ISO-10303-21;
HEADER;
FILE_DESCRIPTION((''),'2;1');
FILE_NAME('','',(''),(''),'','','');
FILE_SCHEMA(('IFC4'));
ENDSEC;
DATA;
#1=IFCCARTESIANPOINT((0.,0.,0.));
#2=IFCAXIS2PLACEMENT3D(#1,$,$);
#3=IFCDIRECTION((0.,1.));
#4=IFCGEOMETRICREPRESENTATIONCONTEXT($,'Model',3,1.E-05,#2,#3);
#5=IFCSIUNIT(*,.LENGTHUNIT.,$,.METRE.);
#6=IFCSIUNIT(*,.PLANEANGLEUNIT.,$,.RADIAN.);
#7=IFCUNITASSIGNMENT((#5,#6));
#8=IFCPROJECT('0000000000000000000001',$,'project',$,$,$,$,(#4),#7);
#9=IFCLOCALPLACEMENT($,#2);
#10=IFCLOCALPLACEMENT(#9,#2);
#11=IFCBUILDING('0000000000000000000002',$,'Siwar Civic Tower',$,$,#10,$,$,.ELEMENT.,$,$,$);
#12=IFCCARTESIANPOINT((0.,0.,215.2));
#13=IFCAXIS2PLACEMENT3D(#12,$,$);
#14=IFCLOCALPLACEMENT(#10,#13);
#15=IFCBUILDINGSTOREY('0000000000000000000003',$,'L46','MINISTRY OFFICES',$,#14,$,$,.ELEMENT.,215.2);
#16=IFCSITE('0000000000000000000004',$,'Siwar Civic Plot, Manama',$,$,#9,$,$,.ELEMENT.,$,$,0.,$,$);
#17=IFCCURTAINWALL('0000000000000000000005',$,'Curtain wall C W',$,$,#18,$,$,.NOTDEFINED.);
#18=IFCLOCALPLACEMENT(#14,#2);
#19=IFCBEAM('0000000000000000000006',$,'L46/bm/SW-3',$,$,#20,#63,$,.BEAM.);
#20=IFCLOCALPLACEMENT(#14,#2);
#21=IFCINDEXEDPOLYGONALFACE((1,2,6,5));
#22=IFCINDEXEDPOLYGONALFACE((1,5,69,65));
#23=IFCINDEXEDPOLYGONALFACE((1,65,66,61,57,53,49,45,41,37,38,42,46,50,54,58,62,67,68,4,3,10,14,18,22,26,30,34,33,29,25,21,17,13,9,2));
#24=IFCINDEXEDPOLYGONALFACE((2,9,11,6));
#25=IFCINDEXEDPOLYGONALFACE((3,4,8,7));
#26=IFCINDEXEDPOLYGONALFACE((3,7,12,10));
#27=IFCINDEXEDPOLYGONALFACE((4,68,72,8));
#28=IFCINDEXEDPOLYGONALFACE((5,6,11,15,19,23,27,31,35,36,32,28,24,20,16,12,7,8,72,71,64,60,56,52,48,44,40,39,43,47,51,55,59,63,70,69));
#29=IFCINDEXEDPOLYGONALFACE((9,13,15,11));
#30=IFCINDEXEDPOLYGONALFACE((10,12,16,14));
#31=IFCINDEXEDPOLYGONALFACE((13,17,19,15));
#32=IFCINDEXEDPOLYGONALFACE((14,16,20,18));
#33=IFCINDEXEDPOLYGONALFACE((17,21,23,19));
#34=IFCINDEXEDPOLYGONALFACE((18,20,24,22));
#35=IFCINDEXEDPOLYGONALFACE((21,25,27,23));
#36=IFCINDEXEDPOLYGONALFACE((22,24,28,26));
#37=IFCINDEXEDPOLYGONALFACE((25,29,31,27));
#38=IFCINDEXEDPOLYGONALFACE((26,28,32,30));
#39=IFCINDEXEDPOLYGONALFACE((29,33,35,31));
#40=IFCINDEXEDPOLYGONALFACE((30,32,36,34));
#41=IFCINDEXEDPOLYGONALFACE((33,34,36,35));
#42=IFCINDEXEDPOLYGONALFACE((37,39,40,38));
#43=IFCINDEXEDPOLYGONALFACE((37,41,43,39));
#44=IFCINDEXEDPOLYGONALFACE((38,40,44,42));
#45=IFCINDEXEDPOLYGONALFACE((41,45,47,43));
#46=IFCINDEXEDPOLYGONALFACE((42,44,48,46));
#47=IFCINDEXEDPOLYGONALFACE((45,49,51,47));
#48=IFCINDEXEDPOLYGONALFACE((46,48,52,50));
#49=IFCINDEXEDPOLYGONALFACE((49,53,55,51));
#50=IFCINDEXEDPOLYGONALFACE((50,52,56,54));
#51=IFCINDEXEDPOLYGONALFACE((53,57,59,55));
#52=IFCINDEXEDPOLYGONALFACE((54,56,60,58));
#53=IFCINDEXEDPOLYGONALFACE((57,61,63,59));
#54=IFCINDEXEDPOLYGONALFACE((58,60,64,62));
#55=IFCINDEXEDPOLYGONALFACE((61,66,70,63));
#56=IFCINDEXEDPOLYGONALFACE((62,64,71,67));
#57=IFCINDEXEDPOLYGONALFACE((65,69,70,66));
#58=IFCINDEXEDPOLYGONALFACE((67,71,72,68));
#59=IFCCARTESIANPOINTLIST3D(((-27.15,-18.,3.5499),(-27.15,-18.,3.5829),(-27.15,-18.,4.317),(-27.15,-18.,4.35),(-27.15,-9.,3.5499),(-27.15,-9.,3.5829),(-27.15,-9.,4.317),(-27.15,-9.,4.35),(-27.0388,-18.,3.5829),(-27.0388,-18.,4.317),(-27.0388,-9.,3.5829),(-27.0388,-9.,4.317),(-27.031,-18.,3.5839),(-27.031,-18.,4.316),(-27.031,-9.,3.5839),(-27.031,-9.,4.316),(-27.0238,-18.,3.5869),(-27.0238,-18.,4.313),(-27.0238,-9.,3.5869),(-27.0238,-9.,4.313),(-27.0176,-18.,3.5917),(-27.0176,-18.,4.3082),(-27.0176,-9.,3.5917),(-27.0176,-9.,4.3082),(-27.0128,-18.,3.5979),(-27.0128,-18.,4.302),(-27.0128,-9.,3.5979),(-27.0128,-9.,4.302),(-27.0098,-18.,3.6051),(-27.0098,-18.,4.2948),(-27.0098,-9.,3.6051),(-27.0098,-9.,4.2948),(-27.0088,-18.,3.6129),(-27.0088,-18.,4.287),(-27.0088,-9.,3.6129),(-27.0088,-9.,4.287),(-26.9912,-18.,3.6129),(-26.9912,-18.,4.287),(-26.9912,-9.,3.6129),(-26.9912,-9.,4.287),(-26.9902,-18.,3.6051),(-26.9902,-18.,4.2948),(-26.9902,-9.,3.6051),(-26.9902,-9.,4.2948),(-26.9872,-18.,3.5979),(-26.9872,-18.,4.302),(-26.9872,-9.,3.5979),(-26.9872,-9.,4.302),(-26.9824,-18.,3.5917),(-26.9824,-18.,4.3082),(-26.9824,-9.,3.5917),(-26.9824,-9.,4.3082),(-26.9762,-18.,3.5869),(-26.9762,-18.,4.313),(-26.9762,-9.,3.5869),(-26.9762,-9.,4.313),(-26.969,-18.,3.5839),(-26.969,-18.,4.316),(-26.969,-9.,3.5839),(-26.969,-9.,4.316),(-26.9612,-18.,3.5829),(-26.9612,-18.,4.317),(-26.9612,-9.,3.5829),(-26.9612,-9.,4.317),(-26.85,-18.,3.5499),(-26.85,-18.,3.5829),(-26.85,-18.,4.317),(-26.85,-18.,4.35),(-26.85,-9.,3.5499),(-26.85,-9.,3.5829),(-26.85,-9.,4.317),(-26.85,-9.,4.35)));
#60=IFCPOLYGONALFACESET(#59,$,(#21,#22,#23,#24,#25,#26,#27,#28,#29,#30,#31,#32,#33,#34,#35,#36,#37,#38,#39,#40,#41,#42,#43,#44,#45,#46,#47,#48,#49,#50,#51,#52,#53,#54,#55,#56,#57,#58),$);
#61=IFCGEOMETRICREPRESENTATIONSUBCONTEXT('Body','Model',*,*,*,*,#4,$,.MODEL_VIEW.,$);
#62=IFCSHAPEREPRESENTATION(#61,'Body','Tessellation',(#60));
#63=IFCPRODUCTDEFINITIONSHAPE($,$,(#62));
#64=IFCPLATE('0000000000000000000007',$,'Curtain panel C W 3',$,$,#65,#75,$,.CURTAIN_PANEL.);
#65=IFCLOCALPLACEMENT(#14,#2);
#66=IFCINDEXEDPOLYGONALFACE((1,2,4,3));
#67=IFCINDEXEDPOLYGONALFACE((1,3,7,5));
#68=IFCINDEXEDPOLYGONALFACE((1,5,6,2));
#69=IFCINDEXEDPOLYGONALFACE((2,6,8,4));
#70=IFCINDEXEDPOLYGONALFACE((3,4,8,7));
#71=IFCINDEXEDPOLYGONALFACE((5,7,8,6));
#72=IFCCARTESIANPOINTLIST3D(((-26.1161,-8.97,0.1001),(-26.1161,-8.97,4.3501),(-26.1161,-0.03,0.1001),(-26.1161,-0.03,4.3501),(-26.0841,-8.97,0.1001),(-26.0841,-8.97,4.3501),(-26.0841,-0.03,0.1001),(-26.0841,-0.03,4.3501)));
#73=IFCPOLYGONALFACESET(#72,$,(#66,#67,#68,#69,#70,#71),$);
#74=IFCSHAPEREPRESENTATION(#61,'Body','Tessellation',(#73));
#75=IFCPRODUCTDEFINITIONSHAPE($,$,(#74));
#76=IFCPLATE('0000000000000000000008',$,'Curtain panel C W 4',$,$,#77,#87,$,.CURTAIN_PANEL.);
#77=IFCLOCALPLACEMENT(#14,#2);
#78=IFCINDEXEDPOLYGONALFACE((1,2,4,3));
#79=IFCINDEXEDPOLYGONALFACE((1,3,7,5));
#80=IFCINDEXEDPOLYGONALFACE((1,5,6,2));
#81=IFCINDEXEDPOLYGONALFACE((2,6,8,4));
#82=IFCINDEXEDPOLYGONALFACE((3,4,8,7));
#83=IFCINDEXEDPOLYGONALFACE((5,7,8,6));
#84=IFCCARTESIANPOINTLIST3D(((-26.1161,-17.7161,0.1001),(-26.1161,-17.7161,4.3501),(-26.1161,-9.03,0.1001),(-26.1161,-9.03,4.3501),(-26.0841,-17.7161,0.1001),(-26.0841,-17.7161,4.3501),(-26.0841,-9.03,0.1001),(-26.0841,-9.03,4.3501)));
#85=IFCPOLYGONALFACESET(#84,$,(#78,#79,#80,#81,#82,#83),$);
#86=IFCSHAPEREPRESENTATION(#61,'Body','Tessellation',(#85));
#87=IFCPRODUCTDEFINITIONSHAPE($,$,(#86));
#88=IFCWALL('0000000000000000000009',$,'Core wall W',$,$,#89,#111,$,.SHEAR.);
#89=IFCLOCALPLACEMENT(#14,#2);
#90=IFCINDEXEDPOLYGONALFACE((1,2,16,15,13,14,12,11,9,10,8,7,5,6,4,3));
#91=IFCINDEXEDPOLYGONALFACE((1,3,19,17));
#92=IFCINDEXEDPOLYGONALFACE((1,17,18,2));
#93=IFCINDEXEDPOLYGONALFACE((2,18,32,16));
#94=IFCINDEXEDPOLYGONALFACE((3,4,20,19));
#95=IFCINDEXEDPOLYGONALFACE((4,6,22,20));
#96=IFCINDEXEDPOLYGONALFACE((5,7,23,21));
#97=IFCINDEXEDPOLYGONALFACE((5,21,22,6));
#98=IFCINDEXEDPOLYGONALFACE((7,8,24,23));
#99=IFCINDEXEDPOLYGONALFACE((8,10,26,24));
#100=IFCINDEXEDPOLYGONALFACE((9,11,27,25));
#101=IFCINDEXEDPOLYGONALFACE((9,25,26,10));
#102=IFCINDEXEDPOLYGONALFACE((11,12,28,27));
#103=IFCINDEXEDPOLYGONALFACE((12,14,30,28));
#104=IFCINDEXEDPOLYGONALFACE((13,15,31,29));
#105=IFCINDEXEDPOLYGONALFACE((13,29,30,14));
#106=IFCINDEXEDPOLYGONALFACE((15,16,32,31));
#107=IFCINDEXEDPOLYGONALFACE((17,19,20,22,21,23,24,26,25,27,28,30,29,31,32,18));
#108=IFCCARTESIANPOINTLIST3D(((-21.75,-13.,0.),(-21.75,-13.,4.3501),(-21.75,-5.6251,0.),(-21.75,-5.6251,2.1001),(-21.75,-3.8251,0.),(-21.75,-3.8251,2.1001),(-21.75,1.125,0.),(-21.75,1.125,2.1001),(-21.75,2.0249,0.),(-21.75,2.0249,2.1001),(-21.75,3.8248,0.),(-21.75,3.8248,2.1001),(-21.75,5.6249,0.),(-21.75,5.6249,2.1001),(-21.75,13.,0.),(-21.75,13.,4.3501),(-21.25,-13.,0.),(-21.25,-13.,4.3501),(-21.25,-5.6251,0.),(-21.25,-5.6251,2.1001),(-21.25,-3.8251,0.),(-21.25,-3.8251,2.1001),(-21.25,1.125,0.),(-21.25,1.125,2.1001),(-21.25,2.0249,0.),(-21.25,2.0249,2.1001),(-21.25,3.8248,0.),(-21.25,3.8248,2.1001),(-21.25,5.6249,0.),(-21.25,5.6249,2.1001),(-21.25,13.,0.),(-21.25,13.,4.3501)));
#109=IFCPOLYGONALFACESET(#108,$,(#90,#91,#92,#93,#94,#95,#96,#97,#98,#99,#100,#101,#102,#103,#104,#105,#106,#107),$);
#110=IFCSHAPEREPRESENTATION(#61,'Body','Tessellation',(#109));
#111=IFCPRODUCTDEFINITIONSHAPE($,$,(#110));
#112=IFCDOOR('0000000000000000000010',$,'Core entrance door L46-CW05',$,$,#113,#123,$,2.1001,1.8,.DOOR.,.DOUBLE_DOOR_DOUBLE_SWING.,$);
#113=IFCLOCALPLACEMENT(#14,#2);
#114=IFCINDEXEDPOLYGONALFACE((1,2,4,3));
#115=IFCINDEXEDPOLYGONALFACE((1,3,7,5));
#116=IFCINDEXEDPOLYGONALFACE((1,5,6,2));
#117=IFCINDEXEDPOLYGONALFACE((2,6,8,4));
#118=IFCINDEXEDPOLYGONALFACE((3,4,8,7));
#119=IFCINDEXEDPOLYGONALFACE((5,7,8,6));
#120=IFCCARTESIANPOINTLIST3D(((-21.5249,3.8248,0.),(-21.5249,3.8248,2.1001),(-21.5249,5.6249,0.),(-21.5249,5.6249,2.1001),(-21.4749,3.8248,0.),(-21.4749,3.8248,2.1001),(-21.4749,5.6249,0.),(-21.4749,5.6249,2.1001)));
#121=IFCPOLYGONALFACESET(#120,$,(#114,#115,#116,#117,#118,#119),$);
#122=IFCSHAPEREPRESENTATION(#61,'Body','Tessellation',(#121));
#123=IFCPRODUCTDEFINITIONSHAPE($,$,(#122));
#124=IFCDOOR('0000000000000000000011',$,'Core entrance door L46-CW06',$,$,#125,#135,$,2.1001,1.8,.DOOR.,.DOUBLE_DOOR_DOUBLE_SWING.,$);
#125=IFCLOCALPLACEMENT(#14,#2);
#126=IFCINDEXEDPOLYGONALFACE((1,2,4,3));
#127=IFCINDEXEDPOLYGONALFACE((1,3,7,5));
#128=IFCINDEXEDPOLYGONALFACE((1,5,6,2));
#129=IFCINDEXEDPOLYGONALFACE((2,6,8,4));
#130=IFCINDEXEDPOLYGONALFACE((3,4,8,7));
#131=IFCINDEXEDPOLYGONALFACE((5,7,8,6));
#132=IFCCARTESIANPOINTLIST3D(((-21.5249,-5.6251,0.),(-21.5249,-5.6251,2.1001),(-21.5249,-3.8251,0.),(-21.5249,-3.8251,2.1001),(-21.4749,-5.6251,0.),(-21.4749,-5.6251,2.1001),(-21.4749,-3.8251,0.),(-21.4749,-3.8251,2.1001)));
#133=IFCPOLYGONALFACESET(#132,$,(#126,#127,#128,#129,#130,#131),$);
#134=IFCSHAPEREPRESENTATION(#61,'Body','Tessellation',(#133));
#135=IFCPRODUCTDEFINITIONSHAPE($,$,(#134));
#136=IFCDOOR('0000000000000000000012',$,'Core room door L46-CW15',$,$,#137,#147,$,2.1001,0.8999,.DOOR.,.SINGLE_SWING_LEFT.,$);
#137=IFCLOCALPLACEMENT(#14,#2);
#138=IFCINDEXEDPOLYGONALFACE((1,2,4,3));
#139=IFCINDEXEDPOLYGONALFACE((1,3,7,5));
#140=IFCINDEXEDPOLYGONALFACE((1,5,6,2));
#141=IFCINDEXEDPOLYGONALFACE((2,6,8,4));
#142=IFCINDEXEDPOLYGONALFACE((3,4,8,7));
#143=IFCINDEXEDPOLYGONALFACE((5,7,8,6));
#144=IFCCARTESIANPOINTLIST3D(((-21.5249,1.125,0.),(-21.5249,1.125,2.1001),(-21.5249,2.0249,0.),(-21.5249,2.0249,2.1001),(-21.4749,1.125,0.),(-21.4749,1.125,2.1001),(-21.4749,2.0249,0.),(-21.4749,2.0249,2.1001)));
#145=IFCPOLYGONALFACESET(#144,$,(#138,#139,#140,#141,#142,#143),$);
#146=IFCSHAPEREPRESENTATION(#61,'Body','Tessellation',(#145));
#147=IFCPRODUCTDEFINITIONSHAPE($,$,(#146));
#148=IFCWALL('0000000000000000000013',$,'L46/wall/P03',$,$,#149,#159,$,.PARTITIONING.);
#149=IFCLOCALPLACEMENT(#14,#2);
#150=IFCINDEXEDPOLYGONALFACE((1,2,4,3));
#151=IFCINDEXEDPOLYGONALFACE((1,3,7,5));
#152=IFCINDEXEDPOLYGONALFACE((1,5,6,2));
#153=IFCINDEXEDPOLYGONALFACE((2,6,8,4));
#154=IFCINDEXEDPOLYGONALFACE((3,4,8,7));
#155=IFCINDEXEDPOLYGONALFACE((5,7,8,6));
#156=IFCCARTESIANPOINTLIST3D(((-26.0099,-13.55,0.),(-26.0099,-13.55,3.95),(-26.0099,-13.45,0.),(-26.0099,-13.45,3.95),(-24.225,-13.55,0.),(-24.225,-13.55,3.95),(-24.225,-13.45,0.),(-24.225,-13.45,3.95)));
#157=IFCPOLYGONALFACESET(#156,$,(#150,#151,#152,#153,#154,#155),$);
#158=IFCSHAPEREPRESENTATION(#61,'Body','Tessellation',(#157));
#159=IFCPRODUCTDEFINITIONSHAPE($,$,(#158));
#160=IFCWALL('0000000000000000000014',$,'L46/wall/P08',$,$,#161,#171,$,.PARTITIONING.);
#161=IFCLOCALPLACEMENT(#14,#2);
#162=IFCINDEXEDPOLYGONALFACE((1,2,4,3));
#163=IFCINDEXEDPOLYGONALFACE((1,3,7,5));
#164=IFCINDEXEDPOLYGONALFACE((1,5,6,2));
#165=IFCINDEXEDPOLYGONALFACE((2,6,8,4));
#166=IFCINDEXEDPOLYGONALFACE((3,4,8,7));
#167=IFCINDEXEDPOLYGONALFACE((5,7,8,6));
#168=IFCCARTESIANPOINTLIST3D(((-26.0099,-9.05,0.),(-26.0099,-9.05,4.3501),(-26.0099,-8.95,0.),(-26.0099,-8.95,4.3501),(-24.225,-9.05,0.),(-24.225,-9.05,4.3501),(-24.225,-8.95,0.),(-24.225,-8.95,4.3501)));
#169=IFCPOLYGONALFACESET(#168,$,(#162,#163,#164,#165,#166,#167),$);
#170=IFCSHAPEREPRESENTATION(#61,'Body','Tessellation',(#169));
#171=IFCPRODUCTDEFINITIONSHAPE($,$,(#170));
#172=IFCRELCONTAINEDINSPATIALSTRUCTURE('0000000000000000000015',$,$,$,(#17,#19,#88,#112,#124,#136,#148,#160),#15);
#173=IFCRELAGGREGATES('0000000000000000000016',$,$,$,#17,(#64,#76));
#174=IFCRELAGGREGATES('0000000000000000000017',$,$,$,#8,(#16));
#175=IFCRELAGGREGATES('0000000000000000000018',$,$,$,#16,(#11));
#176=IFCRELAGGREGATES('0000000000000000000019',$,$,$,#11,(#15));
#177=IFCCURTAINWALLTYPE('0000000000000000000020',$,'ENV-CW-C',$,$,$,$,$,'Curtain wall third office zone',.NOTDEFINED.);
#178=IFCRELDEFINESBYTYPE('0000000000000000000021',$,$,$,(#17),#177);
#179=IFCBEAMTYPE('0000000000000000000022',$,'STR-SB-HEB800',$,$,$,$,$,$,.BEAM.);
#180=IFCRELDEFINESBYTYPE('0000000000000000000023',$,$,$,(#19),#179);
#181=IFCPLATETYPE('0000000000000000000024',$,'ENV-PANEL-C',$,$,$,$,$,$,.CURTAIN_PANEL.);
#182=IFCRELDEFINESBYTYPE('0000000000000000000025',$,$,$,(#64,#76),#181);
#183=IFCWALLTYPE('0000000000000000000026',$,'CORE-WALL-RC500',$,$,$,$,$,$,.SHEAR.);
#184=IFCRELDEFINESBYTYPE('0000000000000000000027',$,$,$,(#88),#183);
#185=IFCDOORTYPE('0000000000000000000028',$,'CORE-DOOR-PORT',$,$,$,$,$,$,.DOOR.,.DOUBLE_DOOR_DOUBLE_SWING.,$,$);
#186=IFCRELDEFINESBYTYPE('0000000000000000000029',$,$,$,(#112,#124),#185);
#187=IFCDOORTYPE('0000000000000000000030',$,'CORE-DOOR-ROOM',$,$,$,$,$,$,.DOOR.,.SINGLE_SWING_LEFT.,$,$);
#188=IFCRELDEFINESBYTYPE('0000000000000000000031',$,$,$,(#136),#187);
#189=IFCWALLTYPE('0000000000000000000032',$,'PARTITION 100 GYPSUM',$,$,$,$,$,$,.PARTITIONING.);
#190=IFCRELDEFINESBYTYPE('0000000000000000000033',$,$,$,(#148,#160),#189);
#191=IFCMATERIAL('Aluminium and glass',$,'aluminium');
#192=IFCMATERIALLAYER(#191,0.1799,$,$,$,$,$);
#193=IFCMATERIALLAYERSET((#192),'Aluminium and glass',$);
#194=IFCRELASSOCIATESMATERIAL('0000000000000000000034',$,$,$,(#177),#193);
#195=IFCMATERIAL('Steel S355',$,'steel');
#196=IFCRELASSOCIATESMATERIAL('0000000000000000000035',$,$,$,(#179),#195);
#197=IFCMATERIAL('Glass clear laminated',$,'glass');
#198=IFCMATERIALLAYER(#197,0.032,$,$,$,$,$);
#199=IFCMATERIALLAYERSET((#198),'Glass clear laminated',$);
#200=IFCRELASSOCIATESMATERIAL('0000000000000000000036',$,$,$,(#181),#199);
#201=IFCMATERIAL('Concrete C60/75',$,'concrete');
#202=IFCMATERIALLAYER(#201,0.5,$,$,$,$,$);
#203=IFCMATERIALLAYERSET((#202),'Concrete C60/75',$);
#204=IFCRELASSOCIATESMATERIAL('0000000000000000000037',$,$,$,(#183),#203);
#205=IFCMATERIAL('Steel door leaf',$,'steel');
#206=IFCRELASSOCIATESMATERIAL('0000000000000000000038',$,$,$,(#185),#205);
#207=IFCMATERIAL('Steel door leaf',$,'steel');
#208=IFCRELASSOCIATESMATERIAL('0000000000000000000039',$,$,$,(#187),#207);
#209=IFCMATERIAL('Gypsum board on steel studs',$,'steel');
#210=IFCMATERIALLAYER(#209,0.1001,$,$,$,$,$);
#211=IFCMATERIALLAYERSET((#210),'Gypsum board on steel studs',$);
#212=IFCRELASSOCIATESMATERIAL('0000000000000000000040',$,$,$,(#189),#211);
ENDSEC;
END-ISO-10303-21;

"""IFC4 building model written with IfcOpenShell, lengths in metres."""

from ifc_helpers import new_model, si_unit, direction, frame, frame_2d, origin, origin_2d, place, context, subcontext, project, spatial, rectangle, i_section, extrude, material, layer, layer_set, material_profile, profile_set, type_object, element, fill, aggregate, save


model = new_model("IFC4")

# Units and contexts
model_context = context("Model", 3, precision=1e-05, world=origin(), true_north=direction((0.0, 1.0)))
body_context = subcontext(model_context, "Body", "Model", "MODEL_VIEW")
ifc_project = project(units=[si_unit("LENGTHUNIT", "METRE"), si_unit("PLANEANGLEUNIT", "RADIAN")], contexts=[model_context])

# Site, building, storey
site_placement = place(None, origin())
site = spatial("IfcSite", under=ifc_project, at=site_placement, Name="Siwar Civic Plot, Manama", CompositionType="ELEMENT", RefElevation=0.0)
building_placement = place(site_placement, origin())
building = spatial("IfcBuilding", under=site, at=building_placement, Name="Siwar Civic Tower", CompositionType="ELEMENT")
storey_placement = place(building_placement, frame((0.0, 0.0, 215.2)))
storey = spatial("IfcBuildingStorey", under=building, at=storey_placement, Name="L46", Description="MINISTRY OFFICES", CompositionType="ELEMENT", Elevation=215.2)

# Curtain wall
ifc_material_1 = material(Name="Aluminium and glass", Category="aluminium")
ifc_layer_1 = layer(ifc_material_1, 0.1799)
ifc_layer_set_1 = layer_set([ifc_layer_1], Name="Aluminium and glass")
curtain_wall_type = type_object("IfcCurtainWallType", Name="ENV-CW-C", ElementType="Curtain wall third office zone", PredefinedType="NOTDEFINED", material=ifc_layer_set_1)
curtain_wall_placement = place(storey_placement, origin())
curtain_wall = element("IfcCurtainWall", 1, at=curtain_wall_placement, inside=storey, type_object=curtain_wall_type, Name="Curtain wall C W", PredefinedType="NOTDEFINED")

# Beam
ifc_material_2 = material(Name="Steel S355", Category="steel")
ifc_material_profile_1 = material_profile(ifc_material_2, i_section(OverallWidth=0.3, OverallDepth=0.8, WebThickness=0.0176, FlangeThickness=0.033, FilletRadius=0.03, at=origin_2d()), Name="HEB800")
ifc_profile_set_1 = profile_set([ifc_material_profile_1], Name="Steel S355")
beam_type_1 = type_object("IfcBeamType", Name="STR-SB-HEB800", PredefinedType="BEAM", material=ifc_profile_set_1)
beam_1_placement = place(storey_placement, frame((-27.0, -9.0, 3.95), z_axis=(0.0, -1.0, 0.0), x_axis=(1.0, 0.0, 0.0)))
element("IfcBeam", 2, at=beam_1_placement, inside=storey, type_object=beam_type_1, Name="L46/bm/SW-3", PredefinedType="BEAM", context=body_context, shape_type="SweptSolid", body=[
    extrude(i_section(OverallWidth=0.3, OverallDepth=0.8, WebThickness=0.0176, FlangeThickness=0.033, FilletRadius=0.03, at=origin_2d()), origin(), (0.0, 0.0, 1.0), 9.0),
])

# Plates
ifc_material_3 = material(Name="Glass clear laminated", Category="glass")
ifc_layer_2 = layer(ifc_material_3, 0.032)
ifc_layer_set_2 = layer_set([ifc_layer_2], Name="Glass clear laminated")
plate_type = type_object("IfcPlateType", Name="ENV-PANEL-C", PredefinedType="CURTAIN_PANEL", material=ifc_layer_set_2)
plate_1_placement = place(storey_placement, frame((-26.1001, -4.5, 0.1001), z_axis=(0.0, 0.0, 1.0), x_axis=(0.0, -1.0, 0.0)))
plate_1 = element("IfcPlate", 3, at=plate_1_placement, type_object=plate_type, Name="Curtain panel C W 3", PredefinedType="CURTAIN_PANEL", context=body_context, shape_type="SweptSolid", body=[
    extrude(rectangle(XDim=8.9399, YDim=0.032, at=origin_2d()), origin(), (0.0, 0.0, 1.0), 4.25),
])
plate_2_placement = place(storey_placement, frame((-26.1001, -13.373, 0.1001), z_axis=(0.0, 0.0, 1.0), x_axis=(0.0, -1.0, 0.0)))
plate_2 = element("IfcPlate", 4, at=plate_2_placement, type_object=plate_type, Name="Curtain panel C W 4", PredefinedType="CURTAIN_PANEL", context=body_context, shape_type="SweptSolid", body=[
    extrude(rectangle(XDim=8.686, YDim=0.032, at=origin_2d()), origin(), (0.0, 0.0, 1.0), 4.25),
])
aggregate(curtain_wall, [plate_1, plate_2])

# Wall, openings, doors
ifc_material_4 = material(Name="Concrete C60/75", Category="concrete")
ifc_layer_3 = layer(ifc_material_4, 0.5)
ifc_layer_set_3 = layer_set([ifc_layer_3], Name="Concrete C60/75")
wall_type_1 = type_object("IfcWallType", Name="CORE-WALL-RC500", PredefinedType="SHEAR", material=ifc_layer_set_3)
wall_1_placement = place(storey_placement, frame((-21.5, -13.0, 0.0), z_axis=(0.0, 0.0, 1.0), x_axis=(0.0, 1.0, 0.0)))
wall_1 = element("IfcWall", 5, at=wall_1_placement, inside=storey, type_object=wall_type_1, Name="Core wall W", PredefinedType="SHEAR", context=body_context, shape_type="SweptSolid", body=[
    extrude(rectangle(XDim=26.0, YDim=0.5, at=frame_2d((13.0, 0.0))), origin(), (0.0, 0.0, 1.0), 4.3501),
])
opening_1_placement = place(wall_1_placement, frame((16.825, 0.0, 0.0)))
opening_1 = element("IfcOpeningElement", 6, at=opening_1_placement, cuts=wall_1, PredefinedType="OPENING", context=body_context, shape_type="SweptSolid", body=[
    extrude(rectangle(XDim=1.8, YDim=2.1001, at=frame_2d((0.8999, 1.05))), frame((0.0, 0.26, 0.0), z_axis=(0.0, -1.0, 0.0), x_axis=(1.0, 0.0, 0.0)), (0.0, 0.0, 1.0), 0.52),
])
opening_2_placement = place(wall_1_placement, frame((7.375, 0.0, 0.0)))
opening_2 = element("IfcOpeningElement", 7, at=opening_2_placement, cuts=wall_1, PredefinedType="OPENING", context=body_context, shape_type="SweptSolid", body=[
    extrude(rectangle(XDim=1.8, YDim=2.1001, at=frame_2d((0.8999, 1.05))), frame((0.0, 0.26, 0.0), z_axis=(0.0, -1.0, 0.0), x_axis=(1.0, 0.0, 0.0)), (0.0, 0.0, 1.0), 0.52),
])
opening_3_placement = place(wall_1_placement, frame((14.125, 0.0, 0.0)))
opening_3 = element("IfcOpeningElement", 8, at=opening_3_placement, cuts=wall_1, PredefinedType="OPENING", context=body_context, shape_type="SweptSolid", body=[
    extrude(rectangle(XDim=0.8999, YDim=2.1001, at=frame_2d((0.45, 1.05))), frame((0.0, 0.26, 0.0), z_axis=(0.0, -1.0, 0.0), x_axis=(1.0, 0.0, 0.0)), (0.0, 0.0, 1.0), 0.52),
])
ifc_material_5 = material(Name="Steel door leaf", Category="steel")
door_type_1 = type_object("IfcDoorType", Name="CORE-DOOR-PORT", OperationType="DOUBLE_DOOR_DOUBLE_SWING", PredefinedType="DOOR", material=ifc_material_5)
door_1_placement = place(opening_1_placement, origin())
door_1 = element("IfcDoor", 9, at=door_1_placement, inside=storey, type_object=door_type_1, Name="Core entrance door L46-CW05", OperationType="DOUBLE_DOOR_DOUBLE_SWING", OverallHeight=2.1001, OverallWidth=1.8, PredefinedType="DOOR", context=body_context, shape_type="SweptSolid", body=[
    extrude(rectangle(XDim=1.8, YDim=2.1001, at=frame_2d((0.8999, 1.05))), frame((0.0, 0.0249, 0.0), z_axis=(0.0, -1.0, 0.0), x_axis=(1.0, 0.0, 0.0)), (0.0, 0.0, 1.0), 0.05),
])
fill(opening_1, door_1)
door_2_placement = place(opening_2_placement, origin())
door_2 = element("IfcDoor", 10, at=door_2_placement, inside=storey, type_object=door_type_1, Name="Core entrance door L46-CW06", OperationType="DOUBLE_DOOR_DOUBLE_SWING", OverallHeight=2.1001, OverallWidth=1.8, PredefinedType="DOOR", context=body_context, shape_type="SweptSolid", body=[
    extrude(rectangle(XDim=1.8, YDim=2.1001, at=frame_2d((0.8999, 1.05))), frame((0.0, 0.0249, 0.0), z_axis=(0.0, -1.0, 0.0), x_axis=(1.0, 0.0, 0.0)), (0.0, 0.0, 1.0), 0.05),
])
fill(opening_2, door_2)
ifc_material_6 = material(Name="Steel door leaf", Category="steel")
door_type_2 = type_object("IfcDoorType", Name="CORE-DOOR-ROOM", OperationType="SINGLE_SWING_LEFT", PredefinedType="DOOR", material=ifc_material_6)
door_3_placement = place(opening_3_placement, origin())
door_3 = element("IfcDoor", 11, at=door_3_placement, inside=storey, type_object=door_type_2, Name="Core room door L46-CW15", OperationType="SINGLE_SWING_LEFT", OverallHeight=2.1001, OverallWidth=0.8999, PredefinedType="DOOR", context=body_context, shape_type="SweptSolid", body=[
    extrude(rectangle(XDim=0.8999, YDim=2.1001, at=frame_2d((0.45, 1.05))), frame((0.0, 0.0249, 0.0), z_axis=(0.0, -1.0, 0.0), x_axis=(1.0, 0.0, 0.0)), (0.0, 0.0, 1.0), 0.05),
])
fill(opening_3, door_3)

# Walls
ifc_material_7 = material(Name="Gypsum board on steel studs", Category="steel")
ifc_layer_4 = layer(ifc_material_7, 0.1001)
ifc_layer_set_4 = layer_set([ifc_layer_4], Name="Gypsum board on steel studs")
wall_type_2 = type_object("IfcWallType", Name="PARTITION 100 GYPSUM", PredefinedType="PARTITIONING", material=ifc_layer_set_4)
wall_2_placement = place(storey_placement, frame((-26.01, -13.5, 0.0), z_axis=(0.0, 0.0, 1.0), x_axis=(1.0, 0.0, 0.0)))
element("IfcWall", 12, at=wall_2_placement, inside=storey, type_object=wall_type_2, Name="L46/wall/P03", PredefinedType="PARTITIONING", context=body_context, shape_type="SweptSolid", body=[
    extrude(rectangle(XDim=1.7849, YDim=0.1001, at=frame_2d((0.8926, 0.0))), origin(), (0.0, 0.0, 1.0), 3.95),
])
wall_3_placement = place(storey_placement, frame((-26.01, -9.0, 0.0), z_axis=(0.0, 0.0, 1.0), x_axis=(1.0, 0.0, 0.0)))
element("IfcWall", 13, at=wall_3_placement, inside=storey, type_object=wall_type_2, Name="L46/wall/P08", PredefinedType="PARTITIONING", context=body_context, shape_type="SweptSolid", body=[
    extrude(rectangle(XDim=1.7849, YDim=0.1001, at=frame_2d((0.8926, 0.0))), origin(), (0.0, 0.0, 1.0), 4.3501),
])

save(model, "model.ifc")
